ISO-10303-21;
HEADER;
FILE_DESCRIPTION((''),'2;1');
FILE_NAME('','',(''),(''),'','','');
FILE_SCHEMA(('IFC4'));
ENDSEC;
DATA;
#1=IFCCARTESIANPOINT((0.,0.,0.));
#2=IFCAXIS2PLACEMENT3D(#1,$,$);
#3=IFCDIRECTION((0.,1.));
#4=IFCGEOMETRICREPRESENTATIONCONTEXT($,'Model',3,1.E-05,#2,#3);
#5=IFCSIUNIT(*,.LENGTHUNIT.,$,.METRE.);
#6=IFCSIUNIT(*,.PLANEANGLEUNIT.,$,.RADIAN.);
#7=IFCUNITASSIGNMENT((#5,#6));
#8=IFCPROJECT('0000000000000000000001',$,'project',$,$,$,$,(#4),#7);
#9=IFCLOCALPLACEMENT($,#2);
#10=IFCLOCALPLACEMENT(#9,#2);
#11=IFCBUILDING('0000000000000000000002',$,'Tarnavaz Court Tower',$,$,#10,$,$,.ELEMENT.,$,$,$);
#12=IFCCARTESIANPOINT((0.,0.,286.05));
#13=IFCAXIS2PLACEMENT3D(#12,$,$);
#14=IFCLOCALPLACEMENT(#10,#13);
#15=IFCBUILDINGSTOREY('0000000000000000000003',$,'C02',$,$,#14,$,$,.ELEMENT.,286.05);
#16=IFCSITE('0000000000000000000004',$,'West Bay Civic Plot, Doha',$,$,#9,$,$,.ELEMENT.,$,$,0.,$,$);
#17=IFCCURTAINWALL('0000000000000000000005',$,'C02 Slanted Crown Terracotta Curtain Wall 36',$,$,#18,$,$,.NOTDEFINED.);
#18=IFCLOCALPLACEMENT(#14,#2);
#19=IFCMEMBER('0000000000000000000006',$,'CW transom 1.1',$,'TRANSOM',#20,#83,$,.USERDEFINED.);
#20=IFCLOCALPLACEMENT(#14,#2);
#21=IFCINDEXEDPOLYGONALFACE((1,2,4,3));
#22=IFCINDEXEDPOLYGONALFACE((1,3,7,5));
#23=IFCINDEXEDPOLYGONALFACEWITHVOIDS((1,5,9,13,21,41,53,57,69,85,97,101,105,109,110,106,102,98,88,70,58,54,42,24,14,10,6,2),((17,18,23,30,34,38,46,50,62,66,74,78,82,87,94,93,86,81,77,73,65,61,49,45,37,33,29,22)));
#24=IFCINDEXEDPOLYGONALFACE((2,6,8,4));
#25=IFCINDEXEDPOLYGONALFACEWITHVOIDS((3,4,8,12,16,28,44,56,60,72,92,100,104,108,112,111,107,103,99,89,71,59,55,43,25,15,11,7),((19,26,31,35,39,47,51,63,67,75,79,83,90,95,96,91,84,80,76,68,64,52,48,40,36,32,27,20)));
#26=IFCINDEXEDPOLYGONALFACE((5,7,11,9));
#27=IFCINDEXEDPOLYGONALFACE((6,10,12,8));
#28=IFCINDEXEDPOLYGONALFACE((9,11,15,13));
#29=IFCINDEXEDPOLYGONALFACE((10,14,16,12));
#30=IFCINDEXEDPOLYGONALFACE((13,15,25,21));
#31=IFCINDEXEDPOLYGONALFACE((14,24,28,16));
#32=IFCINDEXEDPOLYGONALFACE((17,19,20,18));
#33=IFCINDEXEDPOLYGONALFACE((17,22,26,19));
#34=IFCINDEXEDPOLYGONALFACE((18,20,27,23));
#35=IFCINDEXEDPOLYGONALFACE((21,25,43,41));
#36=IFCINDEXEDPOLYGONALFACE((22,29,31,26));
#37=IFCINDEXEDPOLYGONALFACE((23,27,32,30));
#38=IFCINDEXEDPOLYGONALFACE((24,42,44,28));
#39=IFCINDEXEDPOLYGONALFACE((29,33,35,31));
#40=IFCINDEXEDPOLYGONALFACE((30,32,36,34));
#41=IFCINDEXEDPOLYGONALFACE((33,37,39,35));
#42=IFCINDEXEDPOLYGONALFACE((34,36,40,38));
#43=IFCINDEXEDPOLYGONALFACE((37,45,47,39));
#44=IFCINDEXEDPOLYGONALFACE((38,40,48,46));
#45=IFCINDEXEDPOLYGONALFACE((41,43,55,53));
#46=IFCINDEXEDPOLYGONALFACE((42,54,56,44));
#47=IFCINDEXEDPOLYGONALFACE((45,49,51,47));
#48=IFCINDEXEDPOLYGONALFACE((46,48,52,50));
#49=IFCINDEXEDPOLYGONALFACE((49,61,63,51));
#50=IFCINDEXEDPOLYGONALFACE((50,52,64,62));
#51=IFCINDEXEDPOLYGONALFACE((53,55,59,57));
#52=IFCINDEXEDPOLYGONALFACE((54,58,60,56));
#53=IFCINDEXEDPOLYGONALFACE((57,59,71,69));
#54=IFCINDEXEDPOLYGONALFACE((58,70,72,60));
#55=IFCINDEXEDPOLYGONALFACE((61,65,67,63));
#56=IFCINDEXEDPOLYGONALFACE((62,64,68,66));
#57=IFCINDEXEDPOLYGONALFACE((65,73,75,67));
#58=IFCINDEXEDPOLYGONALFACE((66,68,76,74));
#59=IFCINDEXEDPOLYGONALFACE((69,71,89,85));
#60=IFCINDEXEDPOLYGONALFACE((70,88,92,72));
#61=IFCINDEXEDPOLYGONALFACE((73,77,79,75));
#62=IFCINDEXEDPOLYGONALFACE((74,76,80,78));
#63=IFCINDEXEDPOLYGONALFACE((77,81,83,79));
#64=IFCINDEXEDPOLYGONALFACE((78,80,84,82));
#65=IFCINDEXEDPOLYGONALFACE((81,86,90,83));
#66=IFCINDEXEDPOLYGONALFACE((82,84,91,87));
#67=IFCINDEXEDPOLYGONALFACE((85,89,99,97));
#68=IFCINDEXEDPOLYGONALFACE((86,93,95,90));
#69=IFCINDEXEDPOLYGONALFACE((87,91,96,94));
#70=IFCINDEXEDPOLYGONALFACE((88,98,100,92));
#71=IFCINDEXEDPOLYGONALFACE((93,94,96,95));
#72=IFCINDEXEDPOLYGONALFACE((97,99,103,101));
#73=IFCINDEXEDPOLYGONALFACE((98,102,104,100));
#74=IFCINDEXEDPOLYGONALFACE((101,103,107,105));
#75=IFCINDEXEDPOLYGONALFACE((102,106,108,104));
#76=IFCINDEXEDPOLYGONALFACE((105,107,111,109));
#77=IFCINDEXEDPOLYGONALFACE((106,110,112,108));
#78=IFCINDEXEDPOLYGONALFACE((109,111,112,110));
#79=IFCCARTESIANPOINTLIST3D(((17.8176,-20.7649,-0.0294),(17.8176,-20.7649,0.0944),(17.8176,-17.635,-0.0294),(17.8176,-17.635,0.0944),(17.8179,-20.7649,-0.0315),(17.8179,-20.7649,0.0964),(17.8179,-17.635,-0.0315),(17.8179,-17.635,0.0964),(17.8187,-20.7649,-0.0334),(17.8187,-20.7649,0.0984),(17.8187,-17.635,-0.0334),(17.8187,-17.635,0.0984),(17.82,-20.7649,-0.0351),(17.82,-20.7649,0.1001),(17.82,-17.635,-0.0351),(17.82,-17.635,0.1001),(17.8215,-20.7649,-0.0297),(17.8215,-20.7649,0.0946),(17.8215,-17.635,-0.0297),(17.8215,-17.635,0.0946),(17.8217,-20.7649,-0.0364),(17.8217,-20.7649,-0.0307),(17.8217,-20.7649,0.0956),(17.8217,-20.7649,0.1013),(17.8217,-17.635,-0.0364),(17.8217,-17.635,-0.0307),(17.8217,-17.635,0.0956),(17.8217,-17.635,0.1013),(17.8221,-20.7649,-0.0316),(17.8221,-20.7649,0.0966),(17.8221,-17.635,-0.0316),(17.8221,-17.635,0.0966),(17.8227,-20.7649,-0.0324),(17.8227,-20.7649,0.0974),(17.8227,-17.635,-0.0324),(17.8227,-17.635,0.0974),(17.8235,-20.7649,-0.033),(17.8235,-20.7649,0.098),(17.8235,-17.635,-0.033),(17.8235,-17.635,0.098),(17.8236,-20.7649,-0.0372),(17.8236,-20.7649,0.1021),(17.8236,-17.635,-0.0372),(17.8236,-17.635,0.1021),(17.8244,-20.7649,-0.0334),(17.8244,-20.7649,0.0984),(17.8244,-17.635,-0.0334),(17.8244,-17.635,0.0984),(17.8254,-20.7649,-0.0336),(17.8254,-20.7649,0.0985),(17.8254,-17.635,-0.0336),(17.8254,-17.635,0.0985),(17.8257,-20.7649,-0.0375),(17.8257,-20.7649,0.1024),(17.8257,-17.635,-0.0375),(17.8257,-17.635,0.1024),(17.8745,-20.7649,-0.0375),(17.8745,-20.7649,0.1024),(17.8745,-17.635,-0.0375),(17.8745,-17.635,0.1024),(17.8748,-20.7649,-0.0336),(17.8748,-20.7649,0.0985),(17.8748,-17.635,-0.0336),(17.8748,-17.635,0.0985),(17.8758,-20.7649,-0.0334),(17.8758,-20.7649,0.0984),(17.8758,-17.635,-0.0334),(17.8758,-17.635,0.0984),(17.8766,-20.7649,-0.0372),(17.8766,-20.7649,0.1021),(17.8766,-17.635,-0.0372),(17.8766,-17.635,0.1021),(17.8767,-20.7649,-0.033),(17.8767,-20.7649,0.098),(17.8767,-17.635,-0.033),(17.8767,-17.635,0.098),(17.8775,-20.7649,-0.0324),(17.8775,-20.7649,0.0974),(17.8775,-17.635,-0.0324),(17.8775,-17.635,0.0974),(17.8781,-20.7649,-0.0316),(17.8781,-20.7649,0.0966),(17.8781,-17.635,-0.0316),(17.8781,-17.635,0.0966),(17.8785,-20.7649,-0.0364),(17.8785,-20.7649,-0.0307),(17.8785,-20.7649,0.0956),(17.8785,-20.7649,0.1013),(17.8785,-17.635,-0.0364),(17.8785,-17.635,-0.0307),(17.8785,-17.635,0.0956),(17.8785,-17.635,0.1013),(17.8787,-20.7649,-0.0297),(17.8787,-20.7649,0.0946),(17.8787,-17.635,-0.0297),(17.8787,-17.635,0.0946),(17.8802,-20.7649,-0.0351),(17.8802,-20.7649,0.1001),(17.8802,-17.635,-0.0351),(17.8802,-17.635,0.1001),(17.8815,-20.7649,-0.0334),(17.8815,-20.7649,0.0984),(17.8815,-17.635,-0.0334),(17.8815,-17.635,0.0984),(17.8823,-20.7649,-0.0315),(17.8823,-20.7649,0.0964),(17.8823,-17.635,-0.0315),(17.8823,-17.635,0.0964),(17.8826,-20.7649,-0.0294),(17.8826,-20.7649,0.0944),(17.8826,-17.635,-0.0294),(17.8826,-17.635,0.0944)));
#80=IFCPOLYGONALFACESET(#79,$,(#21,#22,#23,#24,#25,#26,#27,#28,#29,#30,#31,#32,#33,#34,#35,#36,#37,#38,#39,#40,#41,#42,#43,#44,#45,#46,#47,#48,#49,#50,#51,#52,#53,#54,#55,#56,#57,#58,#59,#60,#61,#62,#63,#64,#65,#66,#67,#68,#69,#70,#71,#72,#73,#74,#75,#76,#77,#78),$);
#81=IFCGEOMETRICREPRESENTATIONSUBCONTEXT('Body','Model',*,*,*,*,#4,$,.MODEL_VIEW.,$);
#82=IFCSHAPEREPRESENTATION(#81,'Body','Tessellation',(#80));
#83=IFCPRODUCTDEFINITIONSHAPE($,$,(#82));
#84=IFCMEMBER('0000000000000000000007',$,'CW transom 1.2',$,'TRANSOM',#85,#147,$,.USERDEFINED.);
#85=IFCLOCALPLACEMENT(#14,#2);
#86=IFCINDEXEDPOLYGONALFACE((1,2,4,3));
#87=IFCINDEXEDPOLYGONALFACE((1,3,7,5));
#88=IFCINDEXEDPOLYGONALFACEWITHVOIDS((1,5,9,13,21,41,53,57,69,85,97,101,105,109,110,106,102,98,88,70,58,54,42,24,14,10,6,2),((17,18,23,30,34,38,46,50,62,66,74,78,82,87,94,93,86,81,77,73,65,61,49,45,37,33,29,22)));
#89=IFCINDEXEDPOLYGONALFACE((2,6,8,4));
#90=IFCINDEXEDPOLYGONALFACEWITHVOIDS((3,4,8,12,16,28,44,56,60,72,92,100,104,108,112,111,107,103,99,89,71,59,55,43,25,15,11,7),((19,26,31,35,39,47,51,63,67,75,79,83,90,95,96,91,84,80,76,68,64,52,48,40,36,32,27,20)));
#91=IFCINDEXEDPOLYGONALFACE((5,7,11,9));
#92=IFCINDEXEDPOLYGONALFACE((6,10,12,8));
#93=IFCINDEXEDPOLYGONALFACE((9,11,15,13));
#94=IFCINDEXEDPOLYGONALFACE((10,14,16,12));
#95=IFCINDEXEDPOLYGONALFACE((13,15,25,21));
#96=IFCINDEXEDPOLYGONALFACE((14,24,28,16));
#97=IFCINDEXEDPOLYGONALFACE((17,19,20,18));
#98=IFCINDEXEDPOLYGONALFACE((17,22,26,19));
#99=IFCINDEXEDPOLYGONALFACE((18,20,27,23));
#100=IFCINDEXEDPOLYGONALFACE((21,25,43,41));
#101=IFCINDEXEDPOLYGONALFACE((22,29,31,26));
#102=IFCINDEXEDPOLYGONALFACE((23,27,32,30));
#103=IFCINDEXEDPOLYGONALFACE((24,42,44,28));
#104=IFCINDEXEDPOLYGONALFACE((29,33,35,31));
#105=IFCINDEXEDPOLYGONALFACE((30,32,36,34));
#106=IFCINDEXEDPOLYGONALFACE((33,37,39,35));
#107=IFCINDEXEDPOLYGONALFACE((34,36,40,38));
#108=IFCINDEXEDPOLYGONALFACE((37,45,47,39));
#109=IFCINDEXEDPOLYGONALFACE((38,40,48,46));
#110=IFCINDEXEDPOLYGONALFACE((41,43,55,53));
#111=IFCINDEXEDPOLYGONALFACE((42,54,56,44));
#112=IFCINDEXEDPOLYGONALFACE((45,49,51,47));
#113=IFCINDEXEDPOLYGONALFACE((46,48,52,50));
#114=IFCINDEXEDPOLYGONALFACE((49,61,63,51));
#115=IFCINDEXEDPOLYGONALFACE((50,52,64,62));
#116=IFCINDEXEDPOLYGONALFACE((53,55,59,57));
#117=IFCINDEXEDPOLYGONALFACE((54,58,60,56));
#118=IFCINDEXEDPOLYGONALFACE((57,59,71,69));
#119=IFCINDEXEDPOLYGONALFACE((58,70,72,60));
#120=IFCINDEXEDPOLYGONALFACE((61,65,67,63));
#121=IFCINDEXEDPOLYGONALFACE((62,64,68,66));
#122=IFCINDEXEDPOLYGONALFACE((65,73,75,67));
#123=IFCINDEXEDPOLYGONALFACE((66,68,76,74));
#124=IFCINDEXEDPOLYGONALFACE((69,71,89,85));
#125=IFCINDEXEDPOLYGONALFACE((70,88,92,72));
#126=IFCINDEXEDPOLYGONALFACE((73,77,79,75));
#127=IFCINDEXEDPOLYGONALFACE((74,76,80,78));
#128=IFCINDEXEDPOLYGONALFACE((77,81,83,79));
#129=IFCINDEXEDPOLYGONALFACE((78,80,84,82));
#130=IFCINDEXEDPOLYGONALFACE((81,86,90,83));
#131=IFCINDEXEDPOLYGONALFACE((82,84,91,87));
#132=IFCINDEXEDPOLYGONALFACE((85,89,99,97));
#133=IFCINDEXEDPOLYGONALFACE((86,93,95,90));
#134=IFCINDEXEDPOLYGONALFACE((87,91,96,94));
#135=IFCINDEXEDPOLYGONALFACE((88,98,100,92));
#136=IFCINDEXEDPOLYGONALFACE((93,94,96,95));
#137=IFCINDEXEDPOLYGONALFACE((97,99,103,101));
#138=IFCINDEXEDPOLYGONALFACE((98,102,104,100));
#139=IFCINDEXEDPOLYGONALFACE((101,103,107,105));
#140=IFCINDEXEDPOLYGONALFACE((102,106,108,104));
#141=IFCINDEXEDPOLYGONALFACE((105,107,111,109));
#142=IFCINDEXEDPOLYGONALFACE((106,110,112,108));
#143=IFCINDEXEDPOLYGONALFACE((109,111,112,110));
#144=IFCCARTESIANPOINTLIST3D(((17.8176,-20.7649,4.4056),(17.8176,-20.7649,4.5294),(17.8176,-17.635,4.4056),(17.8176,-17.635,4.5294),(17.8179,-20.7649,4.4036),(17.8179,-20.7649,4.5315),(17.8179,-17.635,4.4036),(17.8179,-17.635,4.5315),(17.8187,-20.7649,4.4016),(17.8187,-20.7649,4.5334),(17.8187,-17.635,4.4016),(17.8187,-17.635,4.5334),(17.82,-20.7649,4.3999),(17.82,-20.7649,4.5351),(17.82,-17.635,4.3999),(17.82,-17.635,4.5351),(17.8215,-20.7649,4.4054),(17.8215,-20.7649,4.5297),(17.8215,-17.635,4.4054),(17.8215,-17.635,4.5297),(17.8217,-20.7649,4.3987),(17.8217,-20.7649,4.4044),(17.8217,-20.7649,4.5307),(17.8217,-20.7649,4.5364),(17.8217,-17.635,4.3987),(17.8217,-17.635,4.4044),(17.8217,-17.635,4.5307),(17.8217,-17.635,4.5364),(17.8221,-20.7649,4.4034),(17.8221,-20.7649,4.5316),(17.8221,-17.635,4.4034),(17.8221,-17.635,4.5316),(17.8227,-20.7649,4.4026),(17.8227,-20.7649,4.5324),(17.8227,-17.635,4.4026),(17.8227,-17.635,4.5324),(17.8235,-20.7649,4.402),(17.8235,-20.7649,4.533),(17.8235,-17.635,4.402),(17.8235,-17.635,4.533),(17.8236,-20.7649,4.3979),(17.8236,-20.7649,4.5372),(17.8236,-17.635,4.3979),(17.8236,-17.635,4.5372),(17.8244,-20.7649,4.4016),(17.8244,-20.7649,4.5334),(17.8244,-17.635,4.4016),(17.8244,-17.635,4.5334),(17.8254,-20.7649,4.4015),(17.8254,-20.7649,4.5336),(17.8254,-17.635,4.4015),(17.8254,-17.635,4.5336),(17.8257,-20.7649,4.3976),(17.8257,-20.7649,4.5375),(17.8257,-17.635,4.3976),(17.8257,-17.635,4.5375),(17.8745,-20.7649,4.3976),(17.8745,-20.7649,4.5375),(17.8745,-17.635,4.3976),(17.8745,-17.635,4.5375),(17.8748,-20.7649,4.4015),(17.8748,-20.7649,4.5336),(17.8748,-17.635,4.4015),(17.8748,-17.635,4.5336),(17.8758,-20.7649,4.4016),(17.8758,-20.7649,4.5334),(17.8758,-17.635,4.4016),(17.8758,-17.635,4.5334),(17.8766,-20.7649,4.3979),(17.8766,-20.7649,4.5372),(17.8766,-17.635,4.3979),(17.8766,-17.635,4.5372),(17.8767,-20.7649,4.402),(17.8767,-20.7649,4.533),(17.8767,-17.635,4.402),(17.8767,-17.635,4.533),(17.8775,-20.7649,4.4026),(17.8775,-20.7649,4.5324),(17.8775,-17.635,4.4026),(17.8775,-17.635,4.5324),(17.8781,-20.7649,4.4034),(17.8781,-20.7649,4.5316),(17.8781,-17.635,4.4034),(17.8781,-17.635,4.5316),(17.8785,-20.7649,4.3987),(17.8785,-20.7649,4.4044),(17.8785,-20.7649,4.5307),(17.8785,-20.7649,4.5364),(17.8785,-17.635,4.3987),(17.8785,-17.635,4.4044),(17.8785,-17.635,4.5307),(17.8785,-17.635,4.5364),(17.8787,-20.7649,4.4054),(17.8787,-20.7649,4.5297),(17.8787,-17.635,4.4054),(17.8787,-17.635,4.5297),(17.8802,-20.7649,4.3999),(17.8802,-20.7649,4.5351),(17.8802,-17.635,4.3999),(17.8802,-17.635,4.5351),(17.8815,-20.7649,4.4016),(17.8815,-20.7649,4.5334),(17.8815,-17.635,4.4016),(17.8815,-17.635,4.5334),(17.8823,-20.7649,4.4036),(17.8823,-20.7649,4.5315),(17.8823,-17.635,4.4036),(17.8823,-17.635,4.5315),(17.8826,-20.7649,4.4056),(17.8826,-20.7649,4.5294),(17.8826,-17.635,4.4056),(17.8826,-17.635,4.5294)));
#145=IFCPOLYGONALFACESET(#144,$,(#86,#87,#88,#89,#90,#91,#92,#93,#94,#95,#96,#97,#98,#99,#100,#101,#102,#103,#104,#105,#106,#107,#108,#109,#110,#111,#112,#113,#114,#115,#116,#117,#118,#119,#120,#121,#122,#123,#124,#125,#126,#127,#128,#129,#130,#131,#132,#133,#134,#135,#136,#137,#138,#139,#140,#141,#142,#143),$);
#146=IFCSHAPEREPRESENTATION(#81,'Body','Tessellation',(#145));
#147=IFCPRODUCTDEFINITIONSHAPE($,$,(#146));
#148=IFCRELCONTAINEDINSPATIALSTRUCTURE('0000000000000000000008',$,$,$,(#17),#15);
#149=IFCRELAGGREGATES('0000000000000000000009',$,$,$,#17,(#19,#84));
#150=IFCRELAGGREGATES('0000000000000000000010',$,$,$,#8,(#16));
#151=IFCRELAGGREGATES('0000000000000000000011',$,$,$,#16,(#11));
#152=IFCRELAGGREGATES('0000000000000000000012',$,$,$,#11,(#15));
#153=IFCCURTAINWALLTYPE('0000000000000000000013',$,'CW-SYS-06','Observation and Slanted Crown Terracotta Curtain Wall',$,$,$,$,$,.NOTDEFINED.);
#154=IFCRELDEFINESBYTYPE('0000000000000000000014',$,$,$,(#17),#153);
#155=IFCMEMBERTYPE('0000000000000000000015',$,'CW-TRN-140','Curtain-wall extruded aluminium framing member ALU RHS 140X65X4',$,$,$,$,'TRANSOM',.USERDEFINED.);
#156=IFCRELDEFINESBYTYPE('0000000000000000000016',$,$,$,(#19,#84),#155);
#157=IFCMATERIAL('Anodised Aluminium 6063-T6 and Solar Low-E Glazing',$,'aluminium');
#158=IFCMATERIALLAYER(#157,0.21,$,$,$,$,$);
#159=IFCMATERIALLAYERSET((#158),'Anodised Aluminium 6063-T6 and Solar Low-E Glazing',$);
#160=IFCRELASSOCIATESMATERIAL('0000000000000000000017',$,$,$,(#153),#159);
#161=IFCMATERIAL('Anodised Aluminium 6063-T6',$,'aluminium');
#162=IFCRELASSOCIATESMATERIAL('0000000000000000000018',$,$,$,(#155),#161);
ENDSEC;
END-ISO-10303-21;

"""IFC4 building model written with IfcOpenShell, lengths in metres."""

from ifc_helpers import new_model, si_unit, direction, frame, origin, origin_2d, place, context, subcontext, project, spatial, hollow_rectangle, extrude, material, layer, layer_set, material_profile, profile_set, type_object, element, aggregate, save


model = new_model("IFC4")

# Units and contexts
model_context = context("Model", 3, precision=1e-05, world=origin(), true_north=direction((0.0, 1.0)))
body_context = subcontext(model_context, "Body", "Model", "MODEL_VIEW")
ifc_project = project(units=[si_unit("LENGTHUNIT", "METRE"), si_unit("PLANEANGLEUNIT", "RADIAN")], contexts=[model_context])

# Site, building, storey
site_placement = place(None, origin())
site = spatial("IfcSite", under=ifc_project, at=site_placement, Name="West Bay Civic Plot, Doha", CompositionType="ELEMENT", RefElevation=0.0)
building_placement = place(site_placement, origin())
building = spatial("IfcBuilding", under=site, at=building_placement, Name="Tarnavaz Court Tower", CompositionType="ELEMENT")
storey_placement = place(building_placement, frame((0.0, 0.0, 286.05)))
storey = spatial("IfcBuildingStorey", under=building, at=storey_placement, Name="C02", CompositionType="ELEMENT", Elevation=286.05)

# Shared definitions
ifc_material_1 = material(Name="Anodised Aluminium 6063-T6 and Solar Low-E Glazing", Category="aluminium")
ifc_layer_1 = layer(ifc_material_1, 0.21)
ifc_layer_set_1 = layer_set([ifc_layer_1], Name="Anodised Aluminium 6063-T6 and Solar Low-E Glazing")
curtain_wall_type = type_object("IfcCurtainWallType", Name="CW-SYS-06", Description="Observation and Slanted Crown Terracotta Curtain Wall", PredefinedType="NOTDEFINED", material=ifc_layer_set_1)
ifc_material_2 = material(Name="Anodised Aluminium 6063-T6", Category="aluminium")

# Curtain wall
curtain_wall_1_placement = place(storey_placement, origin())
curtain_wall_1 = element("IfcCurtainWall", 1, at=curtain_wall_1_placement, inside=storey, type_object=curtain_wall_type, Name="C02 Slanted Crown Terracotta Curtain Wall 36", PredefinedType="NOTDEFINED")

# Members
ifc_material_profile_1 = material_profile(ifc_material_2, hollow_rectangle(XDim=0.0649, YDim=0.1399, WallThickness=0.0039, InnerFilletRadius=0.0039, OuterFilletRadius=0.0081, at=origin_2d()), Name="ALU RHS 140X65X4")
ifc_profile_set_1 = profile_set([ifc_material_profile_1], Name="Anodised Aluminium 6063-T6")
member_type_1 = type_object("IfcMemberType", Name="CW-TRN-140", Description="Curtain-wall extruded aluminium framing member ALU RHS 140X65X4", ElementType="TRANSOM", PredefinedType="USERDEFINED", material=ifc_profile_set_1)
member_1_placement = place(storey_placement, frame((17.8501, -17.635, 0.0325), z_axis=(0.0, -1.0, 0.0), x_axis=(1.0, 0.0, 0.0)))
member_1 = element("IfcMember", 2, at=member_1_placement, type_object=member_type_1, Name="CW transom 1.1", ObjectType="TRANSOM", PredefinedType="USERDEFINED", context=body_context, shape_type="SweptSolid", body=[
    extrude(hollow_rectangle(XDim=0.0649, YDim=0.1399, WallThickness=0.0039, InnerFilletRadius=0.0039, OuterFilletRadius=0.0081, at=origin_2d()), origin(), (0.0, 0.0, 1.0), 3.1299),
])
member_2_placement = place(storey_placement, frame((17.8501, -17.635, 4.4675), z_axis=(0.0, -1.0, 0.0), x_axis=(1.0, 0.0, 0.0)))
member_2 = element("IfcMember", 3, at=member_2_placement, type_object=member_type_1, Name="CW transom 1.2", ObjectType="TRANSOM", PredefinedType="USERDEFINED", context=body_context, shape_type="SweptSolid", body=[
    extrude(hollow_rectangle(XDim=0.0649, YDim=0.1399, WallThickness=0.0039, InnerFilletRadius=0.0039, OuterFilletRadius=0.0081, at=origin_2d()), origin(), (0.0, 0.0, 1.0), 3.1299),
])

aggregate(curtain_wall_1, [member_1, member_2])

save(model, "model.ifc")
